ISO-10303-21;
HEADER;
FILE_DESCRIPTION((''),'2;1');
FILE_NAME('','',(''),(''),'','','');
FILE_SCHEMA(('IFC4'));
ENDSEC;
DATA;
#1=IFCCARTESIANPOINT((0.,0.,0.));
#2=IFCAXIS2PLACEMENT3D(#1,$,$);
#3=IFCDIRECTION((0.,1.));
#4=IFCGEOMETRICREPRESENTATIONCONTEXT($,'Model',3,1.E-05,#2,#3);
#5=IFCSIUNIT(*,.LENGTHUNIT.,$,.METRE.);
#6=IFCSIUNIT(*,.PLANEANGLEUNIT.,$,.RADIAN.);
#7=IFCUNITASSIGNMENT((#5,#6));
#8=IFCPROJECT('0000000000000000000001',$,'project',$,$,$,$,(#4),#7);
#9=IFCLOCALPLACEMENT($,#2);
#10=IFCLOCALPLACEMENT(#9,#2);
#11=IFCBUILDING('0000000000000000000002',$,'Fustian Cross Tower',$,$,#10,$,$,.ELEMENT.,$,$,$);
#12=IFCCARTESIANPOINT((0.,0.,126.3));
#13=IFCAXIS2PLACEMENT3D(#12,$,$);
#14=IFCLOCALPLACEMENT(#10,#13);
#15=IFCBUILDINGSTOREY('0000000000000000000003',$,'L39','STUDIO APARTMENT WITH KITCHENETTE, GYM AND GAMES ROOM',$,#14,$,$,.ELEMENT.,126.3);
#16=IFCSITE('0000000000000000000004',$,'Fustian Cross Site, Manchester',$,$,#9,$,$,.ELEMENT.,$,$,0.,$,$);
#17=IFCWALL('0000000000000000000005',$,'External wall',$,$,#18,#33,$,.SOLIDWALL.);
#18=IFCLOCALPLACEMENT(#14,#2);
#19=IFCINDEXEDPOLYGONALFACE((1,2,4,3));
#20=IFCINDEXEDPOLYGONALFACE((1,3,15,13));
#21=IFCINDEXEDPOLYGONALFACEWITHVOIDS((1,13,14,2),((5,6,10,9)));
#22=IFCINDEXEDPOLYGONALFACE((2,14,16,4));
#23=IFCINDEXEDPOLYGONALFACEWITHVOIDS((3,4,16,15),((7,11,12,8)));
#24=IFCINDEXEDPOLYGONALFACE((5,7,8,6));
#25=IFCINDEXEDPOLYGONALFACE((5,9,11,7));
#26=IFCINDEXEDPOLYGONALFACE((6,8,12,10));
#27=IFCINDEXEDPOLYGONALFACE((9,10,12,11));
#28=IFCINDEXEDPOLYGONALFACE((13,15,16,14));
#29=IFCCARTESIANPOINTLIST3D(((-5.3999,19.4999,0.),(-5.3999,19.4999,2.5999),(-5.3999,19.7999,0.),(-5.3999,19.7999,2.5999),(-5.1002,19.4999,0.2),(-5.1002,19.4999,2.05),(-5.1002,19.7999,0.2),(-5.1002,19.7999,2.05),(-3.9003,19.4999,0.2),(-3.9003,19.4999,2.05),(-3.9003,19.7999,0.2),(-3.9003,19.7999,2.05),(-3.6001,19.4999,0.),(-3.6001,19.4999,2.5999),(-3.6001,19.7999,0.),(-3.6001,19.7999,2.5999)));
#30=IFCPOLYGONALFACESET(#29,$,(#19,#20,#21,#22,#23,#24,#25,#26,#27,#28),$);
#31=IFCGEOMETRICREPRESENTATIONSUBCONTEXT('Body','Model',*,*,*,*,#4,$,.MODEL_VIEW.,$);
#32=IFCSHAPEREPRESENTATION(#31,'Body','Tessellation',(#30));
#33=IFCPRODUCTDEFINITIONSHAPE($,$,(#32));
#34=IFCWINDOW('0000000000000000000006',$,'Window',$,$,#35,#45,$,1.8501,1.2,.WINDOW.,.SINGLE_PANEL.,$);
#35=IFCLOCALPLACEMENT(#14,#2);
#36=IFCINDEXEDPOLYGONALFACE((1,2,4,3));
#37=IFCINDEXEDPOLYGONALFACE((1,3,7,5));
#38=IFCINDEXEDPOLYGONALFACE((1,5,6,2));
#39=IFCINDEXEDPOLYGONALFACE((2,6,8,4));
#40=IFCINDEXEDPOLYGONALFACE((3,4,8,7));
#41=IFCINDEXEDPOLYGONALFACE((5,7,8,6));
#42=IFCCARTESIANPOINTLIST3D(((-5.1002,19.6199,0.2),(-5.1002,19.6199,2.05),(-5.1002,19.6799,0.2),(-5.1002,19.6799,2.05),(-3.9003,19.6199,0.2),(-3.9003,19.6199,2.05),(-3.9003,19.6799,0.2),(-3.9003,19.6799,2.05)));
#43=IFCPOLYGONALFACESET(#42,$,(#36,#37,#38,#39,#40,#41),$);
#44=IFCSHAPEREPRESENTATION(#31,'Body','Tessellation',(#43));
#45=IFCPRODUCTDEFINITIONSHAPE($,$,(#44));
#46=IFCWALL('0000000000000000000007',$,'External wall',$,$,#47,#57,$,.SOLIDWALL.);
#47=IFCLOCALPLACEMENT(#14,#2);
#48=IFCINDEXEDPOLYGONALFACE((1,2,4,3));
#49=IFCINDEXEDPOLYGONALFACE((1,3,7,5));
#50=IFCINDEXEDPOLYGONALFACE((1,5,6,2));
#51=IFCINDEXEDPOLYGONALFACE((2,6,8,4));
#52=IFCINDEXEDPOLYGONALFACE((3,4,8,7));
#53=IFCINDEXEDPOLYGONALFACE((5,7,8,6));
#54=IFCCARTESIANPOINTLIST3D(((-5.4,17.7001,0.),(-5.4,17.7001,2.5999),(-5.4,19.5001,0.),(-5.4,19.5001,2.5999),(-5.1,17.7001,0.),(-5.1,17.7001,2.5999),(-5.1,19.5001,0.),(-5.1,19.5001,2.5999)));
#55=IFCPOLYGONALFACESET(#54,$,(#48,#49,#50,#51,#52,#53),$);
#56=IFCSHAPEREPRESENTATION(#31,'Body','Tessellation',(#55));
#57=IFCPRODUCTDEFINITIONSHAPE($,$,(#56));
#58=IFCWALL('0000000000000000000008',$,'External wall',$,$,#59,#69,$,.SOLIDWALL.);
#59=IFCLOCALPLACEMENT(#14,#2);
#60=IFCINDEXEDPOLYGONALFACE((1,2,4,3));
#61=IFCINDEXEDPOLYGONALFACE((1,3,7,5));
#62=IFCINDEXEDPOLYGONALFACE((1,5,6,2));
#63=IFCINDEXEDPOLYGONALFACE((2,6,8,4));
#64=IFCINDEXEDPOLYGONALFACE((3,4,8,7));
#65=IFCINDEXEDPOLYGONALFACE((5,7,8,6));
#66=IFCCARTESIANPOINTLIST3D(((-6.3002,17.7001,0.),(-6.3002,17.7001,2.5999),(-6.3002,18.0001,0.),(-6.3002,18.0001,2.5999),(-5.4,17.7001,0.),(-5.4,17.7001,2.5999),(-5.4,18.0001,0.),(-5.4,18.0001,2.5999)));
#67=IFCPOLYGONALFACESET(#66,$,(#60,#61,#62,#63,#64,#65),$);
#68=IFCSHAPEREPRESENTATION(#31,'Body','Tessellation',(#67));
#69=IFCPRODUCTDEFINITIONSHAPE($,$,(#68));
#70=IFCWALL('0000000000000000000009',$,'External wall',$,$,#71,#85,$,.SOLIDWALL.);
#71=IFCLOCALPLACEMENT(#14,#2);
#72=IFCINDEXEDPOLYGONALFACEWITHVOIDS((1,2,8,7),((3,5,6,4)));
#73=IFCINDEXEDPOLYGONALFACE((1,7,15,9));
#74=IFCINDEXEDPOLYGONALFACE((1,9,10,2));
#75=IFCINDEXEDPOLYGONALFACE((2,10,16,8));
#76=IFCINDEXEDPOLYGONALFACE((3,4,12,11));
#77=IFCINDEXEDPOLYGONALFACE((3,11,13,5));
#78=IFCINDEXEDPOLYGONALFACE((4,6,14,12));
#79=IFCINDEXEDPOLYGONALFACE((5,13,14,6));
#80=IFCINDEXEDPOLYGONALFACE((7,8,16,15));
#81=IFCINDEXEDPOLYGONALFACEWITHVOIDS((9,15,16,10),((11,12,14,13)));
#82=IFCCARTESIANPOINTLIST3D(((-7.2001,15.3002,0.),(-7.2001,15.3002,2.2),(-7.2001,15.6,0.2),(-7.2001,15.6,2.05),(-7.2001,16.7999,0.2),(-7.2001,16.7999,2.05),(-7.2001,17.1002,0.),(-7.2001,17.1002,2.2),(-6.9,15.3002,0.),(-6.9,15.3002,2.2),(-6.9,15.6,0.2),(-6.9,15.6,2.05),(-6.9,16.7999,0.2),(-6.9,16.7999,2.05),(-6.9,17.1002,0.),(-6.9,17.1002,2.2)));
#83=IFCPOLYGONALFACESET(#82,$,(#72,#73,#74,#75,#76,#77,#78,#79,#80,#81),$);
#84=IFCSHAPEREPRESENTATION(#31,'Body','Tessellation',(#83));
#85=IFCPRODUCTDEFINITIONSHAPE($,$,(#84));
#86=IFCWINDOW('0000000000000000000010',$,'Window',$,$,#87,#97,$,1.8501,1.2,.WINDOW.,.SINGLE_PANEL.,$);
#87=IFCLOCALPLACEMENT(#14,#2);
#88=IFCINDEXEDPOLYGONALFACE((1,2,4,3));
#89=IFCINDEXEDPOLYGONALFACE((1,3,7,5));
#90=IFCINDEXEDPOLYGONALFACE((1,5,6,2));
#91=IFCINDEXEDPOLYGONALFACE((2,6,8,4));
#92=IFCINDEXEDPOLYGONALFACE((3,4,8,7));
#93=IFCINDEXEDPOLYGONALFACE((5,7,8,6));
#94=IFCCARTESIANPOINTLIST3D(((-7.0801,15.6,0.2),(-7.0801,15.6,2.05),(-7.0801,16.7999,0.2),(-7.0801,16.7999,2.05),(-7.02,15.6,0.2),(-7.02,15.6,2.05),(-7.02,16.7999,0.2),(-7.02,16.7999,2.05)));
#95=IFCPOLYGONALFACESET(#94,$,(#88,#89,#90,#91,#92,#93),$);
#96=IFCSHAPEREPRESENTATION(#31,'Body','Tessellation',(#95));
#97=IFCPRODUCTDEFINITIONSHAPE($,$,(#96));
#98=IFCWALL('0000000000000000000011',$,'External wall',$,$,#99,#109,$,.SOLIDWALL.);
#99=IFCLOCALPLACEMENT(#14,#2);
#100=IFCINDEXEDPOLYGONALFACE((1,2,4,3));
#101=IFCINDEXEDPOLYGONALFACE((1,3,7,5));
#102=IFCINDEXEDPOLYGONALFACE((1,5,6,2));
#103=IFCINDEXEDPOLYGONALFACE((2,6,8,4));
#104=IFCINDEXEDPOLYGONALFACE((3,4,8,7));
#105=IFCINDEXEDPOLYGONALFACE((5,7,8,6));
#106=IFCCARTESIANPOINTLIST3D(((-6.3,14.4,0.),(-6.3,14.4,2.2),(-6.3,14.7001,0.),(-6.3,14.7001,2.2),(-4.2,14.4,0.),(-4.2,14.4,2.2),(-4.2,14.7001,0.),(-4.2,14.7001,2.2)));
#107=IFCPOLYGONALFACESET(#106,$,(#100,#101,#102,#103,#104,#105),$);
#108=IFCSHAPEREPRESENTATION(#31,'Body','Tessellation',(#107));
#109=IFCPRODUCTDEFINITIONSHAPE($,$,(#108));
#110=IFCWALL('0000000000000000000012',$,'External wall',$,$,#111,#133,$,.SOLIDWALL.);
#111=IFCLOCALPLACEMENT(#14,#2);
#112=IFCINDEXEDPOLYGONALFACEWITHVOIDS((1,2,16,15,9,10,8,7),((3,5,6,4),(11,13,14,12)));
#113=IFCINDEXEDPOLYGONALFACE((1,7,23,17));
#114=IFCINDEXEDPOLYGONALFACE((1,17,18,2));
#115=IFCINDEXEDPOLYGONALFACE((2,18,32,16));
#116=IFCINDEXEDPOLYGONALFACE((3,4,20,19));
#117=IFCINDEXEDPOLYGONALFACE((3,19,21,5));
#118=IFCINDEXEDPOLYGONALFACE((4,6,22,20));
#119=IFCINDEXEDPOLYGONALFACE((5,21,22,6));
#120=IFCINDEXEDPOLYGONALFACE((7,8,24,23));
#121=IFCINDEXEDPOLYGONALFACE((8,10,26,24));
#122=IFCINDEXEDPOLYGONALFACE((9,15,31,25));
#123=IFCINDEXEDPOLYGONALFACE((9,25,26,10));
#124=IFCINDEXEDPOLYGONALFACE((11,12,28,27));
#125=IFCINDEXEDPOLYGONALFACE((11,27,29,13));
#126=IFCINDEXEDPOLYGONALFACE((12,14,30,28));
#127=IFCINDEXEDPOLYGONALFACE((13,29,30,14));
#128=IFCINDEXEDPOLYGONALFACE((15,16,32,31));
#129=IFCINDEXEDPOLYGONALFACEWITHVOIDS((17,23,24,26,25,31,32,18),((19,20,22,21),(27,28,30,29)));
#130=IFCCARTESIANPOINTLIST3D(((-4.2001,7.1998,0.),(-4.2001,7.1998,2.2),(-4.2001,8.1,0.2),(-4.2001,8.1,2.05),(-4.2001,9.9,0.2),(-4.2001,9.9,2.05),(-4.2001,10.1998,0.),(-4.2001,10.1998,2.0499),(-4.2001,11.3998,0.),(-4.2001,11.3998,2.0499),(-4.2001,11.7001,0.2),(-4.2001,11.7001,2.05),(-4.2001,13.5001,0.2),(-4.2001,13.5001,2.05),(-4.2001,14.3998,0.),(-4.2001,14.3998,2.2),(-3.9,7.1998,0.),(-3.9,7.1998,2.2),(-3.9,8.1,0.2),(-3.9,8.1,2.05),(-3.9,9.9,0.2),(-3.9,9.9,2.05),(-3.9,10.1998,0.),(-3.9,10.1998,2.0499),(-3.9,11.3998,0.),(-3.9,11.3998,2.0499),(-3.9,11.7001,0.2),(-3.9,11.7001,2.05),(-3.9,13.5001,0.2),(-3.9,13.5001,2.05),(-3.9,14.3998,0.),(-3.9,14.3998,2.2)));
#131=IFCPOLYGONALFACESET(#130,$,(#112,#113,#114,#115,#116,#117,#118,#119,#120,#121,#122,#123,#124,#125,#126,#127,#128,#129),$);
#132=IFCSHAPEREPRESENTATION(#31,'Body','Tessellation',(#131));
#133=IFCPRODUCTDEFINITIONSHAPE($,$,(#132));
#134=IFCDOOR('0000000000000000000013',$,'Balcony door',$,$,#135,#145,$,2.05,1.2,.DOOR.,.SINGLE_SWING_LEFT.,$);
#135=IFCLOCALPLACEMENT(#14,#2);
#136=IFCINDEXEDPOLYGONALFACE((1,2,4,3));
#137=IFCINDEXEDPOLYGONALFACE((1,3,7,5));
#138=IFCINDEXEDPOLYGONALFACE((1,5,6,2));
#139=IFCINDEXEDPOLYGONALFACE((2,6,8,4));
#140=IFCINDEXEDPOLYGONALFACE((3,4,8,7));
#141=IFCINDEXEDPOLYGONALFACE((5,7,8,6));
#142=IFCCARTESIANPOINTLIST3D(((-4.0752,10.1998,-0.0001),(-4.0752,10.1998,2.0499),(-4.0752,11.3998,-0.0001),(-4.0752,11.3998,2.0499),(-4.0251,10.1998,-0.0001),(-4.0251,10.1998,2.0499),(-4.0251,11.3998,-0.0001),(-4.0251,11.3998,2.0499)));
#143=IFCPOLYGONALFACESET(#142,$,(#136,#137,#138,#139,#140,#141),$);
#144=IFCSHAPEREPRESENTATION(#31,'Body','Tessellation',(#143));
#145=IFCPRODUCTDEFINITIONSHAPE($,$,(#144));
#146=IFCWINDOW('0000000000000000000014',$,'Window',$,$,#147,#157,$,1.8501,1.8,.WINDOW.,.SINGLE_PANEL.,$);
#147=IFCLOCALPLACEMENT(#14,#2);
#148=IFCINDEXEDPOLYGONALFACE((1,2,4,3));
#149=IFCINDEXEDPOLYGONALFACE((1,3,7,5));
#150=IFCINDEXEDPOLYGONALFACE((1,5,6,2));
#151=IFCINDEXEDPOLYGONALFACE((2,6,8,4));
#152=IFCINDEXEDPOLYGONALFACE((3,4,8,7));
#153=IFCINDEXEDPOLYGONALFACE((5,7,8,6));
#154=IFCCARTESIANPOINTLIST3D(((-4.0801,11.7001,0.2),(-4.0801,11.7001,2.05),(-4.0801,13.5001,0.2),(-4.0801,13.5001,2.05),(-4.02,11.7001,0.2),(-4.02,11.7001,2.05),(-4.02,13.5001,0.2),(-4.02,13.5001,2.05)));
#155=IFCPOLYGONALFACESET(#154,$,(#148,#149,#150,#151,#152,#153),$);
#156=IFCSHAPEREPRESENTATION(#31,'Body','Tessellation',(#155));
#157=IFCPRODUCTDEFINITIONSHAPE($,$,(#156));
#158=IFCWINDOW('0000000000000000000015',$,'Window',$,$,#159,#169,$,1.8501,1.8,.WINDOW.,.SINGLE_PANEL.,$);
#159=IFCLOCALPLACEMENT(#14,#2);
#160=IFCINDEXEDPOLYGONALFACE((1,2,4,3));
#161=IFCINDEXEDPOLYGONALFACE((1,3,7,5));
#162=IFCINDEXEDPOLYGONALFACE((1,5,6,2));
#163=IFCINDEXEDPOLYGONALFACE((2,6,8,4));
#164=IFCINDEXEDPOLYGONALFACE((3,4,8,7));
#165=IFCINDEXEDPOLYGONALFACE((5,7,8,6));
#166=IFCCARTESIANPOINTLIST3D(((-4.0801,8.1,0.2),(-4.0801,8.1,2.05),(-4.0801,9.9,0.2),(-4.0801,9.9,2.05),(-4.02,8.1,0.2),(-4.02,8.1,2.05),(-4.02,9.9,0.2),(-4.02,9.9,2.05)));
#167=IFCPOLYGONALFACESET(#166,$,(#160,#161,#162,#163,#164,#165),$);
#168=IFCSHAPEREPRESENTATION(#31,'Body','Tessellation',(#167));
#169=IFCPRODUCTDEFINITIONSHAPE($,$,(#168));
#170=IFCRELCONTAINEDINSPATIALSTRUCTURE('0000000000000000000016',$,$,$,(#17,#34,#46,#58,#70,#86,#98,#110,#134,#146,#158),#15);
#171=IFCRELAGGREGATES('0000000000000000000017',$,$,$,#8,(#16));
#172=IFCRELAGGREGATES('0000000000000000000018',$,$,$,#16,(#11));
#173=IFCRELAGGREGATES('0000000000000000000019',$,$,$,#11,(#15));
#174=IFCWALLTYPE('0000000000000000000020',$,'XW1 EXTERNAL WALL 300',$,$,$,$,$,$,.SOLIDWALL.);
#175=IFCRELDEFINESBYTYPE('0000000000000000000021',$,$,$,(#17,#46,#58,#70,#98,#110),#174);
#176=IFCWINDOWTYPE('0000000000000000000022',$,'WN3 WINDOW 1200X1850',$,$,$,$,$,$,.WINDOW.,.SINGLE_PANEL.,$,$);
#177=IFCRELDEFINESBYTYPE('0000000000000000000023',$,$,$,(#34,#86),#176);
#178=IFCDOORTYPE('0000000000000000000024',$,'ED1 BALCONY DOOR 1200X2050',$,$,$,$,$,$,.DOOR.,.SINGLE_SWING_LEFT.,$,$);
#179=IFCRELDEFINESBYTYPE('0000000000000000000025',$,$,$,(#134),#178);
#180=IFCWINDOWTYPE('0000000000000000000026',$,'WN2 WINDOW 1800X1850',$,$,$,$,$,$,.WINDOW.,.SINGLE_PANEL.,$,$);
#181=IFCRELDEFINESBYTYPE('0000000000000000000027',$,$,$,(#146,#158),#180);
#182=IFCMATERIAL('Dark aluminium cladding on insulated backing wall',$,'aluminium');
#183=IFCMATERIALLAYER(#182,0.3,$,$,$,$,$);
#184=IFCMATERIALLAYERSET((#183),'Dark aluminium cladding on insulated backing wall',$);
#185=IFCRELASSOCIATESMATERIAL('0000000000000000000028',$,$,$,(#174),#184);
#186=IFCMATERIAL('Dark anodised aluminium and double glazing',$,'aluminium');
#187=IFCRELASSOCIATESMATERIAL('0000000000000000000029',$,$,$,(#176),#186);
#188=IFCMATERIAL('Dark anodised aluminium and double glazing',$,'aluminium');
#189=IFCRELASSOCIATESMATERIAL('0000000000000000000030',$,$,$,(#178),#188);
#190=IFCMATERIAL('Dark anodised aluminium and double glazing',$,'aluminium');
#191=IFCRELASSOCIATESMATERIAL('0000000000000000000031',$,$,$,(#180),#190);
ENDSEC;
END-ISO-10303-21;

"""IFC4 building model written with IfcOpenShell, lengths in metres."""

from ifc_helpers import new_model, si_unit, direction, frame, frame_2d, origin, place, context, subcontext, project, spatial, rectangle, extrude, material, layer, layer_set, type_object, element, fill, save


model = new_model("IFC4")

# Units and contexts
model_context = context("Model", 3, precision=1e-05, world=origin(), true_north=direction((0.0, 1.0)))
body_context = subcontext(model_context, "Body", "Model", "MODEL_VIEW")
ifc_project = project(units=[si_unit("LENGTHUNIT", "METRE"), si_unit("PLANEANGLEUNIT", "RADIAN")], contexts=[model_context])

# Site, building, storey
site_placement = place(None, origin())
site = spatial("IfcSite", under=ifc_project, at=site_placement, Name="Fustian Cross Site, Manchester", CompositionType="ELEMENT", RefElevation=0.0)
building_placement = place(site_placement, origin())
building = spatial("IfcBuilding", under=site, at=building_placement, Name="Fustian Cross Tower", CompositionType="ELEMENT")
storey_placement = place(building_placement, frame((0.0, 0.0, 126.3)))
storey = spatial("IfcBuildingStorey", under=building, at=storey_placement, Name="L39", Description="STUDIO APARTMENT WITH KITCHENETTE, GYM AND GAMES ROOM", CompositionType="ELEMENT", Elevation=126.3)

# Shared definitions
ifc_material_1 = material(Name="Dark aluminium cladding on insulated backing wall", Category="aluminium")
ifc_layer_1 = layer(ifc_material_1, 0.3)
ifc_layer_set_1 = layer_set([ifc_layer_1], Name="Dark aluminium cladding on insulated backing wall")
wall_type_1 = type_object("IfcWallType", Name="XW1 EXTERNAL WALL 300", PredefinedType="SOLIDWALL", material=ifc_layer_set_1)

# Wall, opening, window
wall_1_placement = place(storey_placement, frame((-3.6001, 19.6499, 0.0), z_axis=(0.0, 0.0, 1.0), x_axis=(-1.0, 0.0, 0.0)))
wall_1 = element("IfcWall", 1, at=wall_1_placement, inside=storey, type_object=wall_type_1, Name="External wall", PredefinedType="SOLIDWALL", context=body_context, shape_type="SweptSolid", body=[
    extrude(rectangle(XDim=1.7998, YDim=0.3, at=frame_2d((0.8999, 0.0))), origin(), (0.0, 0.0, 1.0), 2.5999),
])
opening_1_placement = place(wall_1_placement, frame((0.3, 0.0, 0.2)))
opening_1 = element("IfcOpeningElement", 2, at=opening_1_placement, cuts=wall_1, PredefinedType="OPENING", context=body_context, shape_type="SweptSolid", body=[
    extrude(rectangle(XDim=1.2, YDim=1.8501, at=frame_2d((0.6001, 0.925))), frame((0.0, 0.1599, 0.0), z_axis=(0.0, -1.0, 0.0), x_axis=(1.0, 0.0, 0.0)), (0.0, 0.0, 1.0), 0.3201),
])
ifc_material_2 = material(Name="Dark anodised aluminium and double glazing", Category="aluminium")
window_type_1 = type_object("IfcWindowType", Name="WN3 WINDOW 1200X1850", PartitioningType="SINGLE_PANEL", PredefinedType="WINDOW", material=ifc_material_2)
window_1_placement = place(opening_1_placement, origin())
window_1 = element("IfcWindow", 3, at=window_1_placement, inside=storey, type_object=window_type_1, Name="Window", OverallHeight=1.8501, OverallWidth=1.2, PartitioningType="SINGLE_PANEL", PredefinedType="WINDOW", context=body_context, shape_type="SweptSolid", body=[
    extrude(rectangle(XDim=1.2, YDim=1.8501, at=frame_2d((0.6001, 0.925))), frame((0.0, 0.03, 0.0), z_axis=(0.0, -1.0, 0.0), x_axis=(1.0, 0.0, 0.0)), (0.0, 0.0, 1.0), 0.0601),
])
fill(opening_1, window_1)

# Walls
wall_2_placement = place(storey_placement, frame((-5.25, 19.5, 0.0), z_axis=(0.0, 0.0, 1.0), x_axis=(0.0, -1.0, 0.0)))
element("IfcWall", 4, at=wall_2_placement, inside=storey, type_object=wall_type_1, Name="External wall", PredefinedType="SOLIDWALL", context=body_context, shape_type="SweptSolid", body=[
    extrude(rectangle(XDim=1.8, YDim=0.3, at=frame_2d((0.8999, 0.0))), origin(), (0.0, 0.0, 1.0), 2.5999),
])
wall_3_placement = place(storey_placement, frame((-5.3999, 17.8501, 0.0), z_axis=(0.0, 0.0, 1.0), x_axis=(-1.0, 0.0, 0.0)))
element("IfcWall", 5, at=wall_3_placement, inside=storey, type_object=wall_type_1, Name="External wall", PredefinedType="SOLIDWALL", context=body_context, shape_type="SweptSolid", body=[
    extrude(rectangle(XDim=0.9001, YDim=0.3, at=frame_2d((0.4502, 0.0))), origin(), (0.0, 0.0, 1.0), 2.5999),
])

# Wall, opening, window
wall_4_placement = place(storey_placement, frame((-7.05, 17.1001, 0.0), z_axis=(0.0, 0.0, 1.0), x_axis=(0.0, -1.0, 0.0)))
wall_4 = element("IfcWall", 6, at=wall_4_placement, inside=storey, type_object=wall_type_1, Name="External wall", PredefinedType="SOLIDWALL", context=body_context, shape_type="SweptSolid", body=[
    extrude(rectangle(XDim=1.8, YDim=0.3, at=frame_2d((0.8999, 0.0))), origin(), (0.0, 0.0, 1.0), 2.2),
])
opening_2_placement = place(wall_4_placement, frame((0.3, 0.0, 0.2)))
opening_2 = element("IfcOpeningElement", 7, at=opening_2_placement, cuts=wall_4, PredefinedType="OPENING", context=body_context, shape_type="SweptSolid", body=[
    extrude(rectangle(XDim=1.2, YDim=1.8501, at=frame_2d((0.6001, 0.925))), frame((0.0, 0.1599, 0.0), z_axis=(0.0, -1.0, 0.0), x_axis=(1.0, 0.0, 0.0)), (0.0, 0.0, 1.0), 0.3201),
])
window_2_placement = place(opening_2_placement, origin())
window_2 = element("IfcWindow", 8, at=window_2_placement, inside=storey, type_object=window_type_1, Name="Window", OverallHeight=1.8501, OverallWidth=1.2, PartitioningType="SINGLE_PANEL", PredefinedType="WINDOW", context=body_context, shape_type="SweptSolid", body=[
    extrude(rectangle(XDim=1.2, YDim=1.8501, at=frame_2d((0.6001, 0.925))), frame((0.0, 0.03, 0.0), z_axis=(0.0, -1.0, 0.0), x_axis=(1.0, 0.0, 0.0)), (0.0, 0.0, 1.0), 0.0601),
])
fill(opening_2, window_2)

# Wall
wall_5_placement = place(storey_placement, frame((-6.3, 14.55, 0.0), z_axis=(0.0, 0.0, 1.0), x_axis=(1.0, 0.0, 0.0)))
element("IfcWall", 9, at=wall_5_placement, inside=storey, type_object=wall_type_1, Name="External wall", PredefinedType="SOLIDWALL", context=body_context, shape_type="SweptSolid", body=[
    extrude(rectangle(XDim=2.1001, YDim=0.3, at=frame_2d((1.05, 0.0))), origin(), (0.0, 0.0, 1.0), 2.2),
])

# Wall, openings, door, windows
wall_6_placement = place(storey_placement, frame((-4.05, 14.3999, 0.0), z_axis=(0.0, 0.0, 1.0), x_axis=(0.0, -1.0, 0.0)))
wall_6 = element("IfcWall", 10, at=wall_6_placement, inside=storey, type_object=wall_type_1, Name="External wall", PredefinedType="SOLIDWALL", context=body_context, shape_type="SweptSolid", body=[
    extrude(rectangle(XDim=7.2, YDim=0.3, at=frame_2d((3.6001, 0.0))), origin(), (0.0, 0.0, 1.0), 2.2),
])
opening_3_placement = place(wall_6_placement, frame((3.0, 0.0, 0.0)))
opening_3 = element("IfcOpeningElement", 11, at=opening_3_placement, cuts=wall_6, PredefinedType="OPENING", context=body_context, shape_type="SweptSolid", body=[
    extrude(rectangle(XDim=1.2, YDim=2.05, at=frame_2d((0.6001, 1.0249))), frame((0.0, 0.1599, 0.0), z_axis=(0.0, -1.0, 0.0), x_axis=(1.0, 0.0, 0.0)), (0.0, 0.0, 1.0), 0.3201),
])
opening_4_placement = place(wall_6_placement, frame((0.8999, 0.0, 0.2)))
opening_4 = element("IfcOpeningElement", 12, at=opening_4_placement, cuts=wall_6, PredefinedType="OPENING", context=body_context, shape_type="SweptSolid", body=[
    extrude(rectangle(XDim=1.8, YDim=1.8501, at=frame_2d((0.8999, 0.925))), frame((0.0, 0.1599, 0.0), z_axis=(0.0, -1.0, 0.0), x_axis=(1.0, 0.0, 0.0)), (0.0, 0.0, 1.0), 0.3201),
])
opening_5_placement = place(wall_6_placement, frame((4.5, 0.0, 0.2)))
opening_5 = element("IfcOpeningElement", 13, at=opening_5_placement, cuts=wall_6, PredefinedType="OPENING", context=body_context, shape_type="SweptSolid", body=[
    extrude(rectangle(XDim=1.8, YDim=1.8501, at=frame_2d((0.8999, 0.925))), frame((0.0, 0.1599, 0.0), z_axis=(0.0, -1.0, 0.0), x_axis=(1.0, 0.0, 0.0)), (0.0, 0.0, 1.0), 0.3201),
])
ifc_material_3 = material(Name="Dark anodised aluminium and double glazing", Category="aluminium")
door_type_1 = type_object("IfcDoorType", Name="ED1 BALCONY DOOR 1200X2050", OperationType="SINGLE_SWING_LEFT", PredefinedType="DOOR", material=ifc_material_3)
door_1_placement = place(opening_3_placement, origin())
door_1 = element("IfcDoor", 14, at=door_1_placement, inside=storey, type_object=door_type_1, Name="Balcony door", OperationType="SINGLE_SWING_LEFT", OverallHeight=2.05, OverallWidth=1.2, PredefinedType="DOOR", context=body_context, shape_type="SweptSolid", body=[
    extrude(rectangle(XDim=1.2, YDim=2.05, at=frame_2d((0.6001, 1.0249))), frame((0.0, 0.0249, 0.0), z_axis=(0.0, -1.0, 0.0), x_axis=(1.0, 0.0, 0.0)), (0.0, 0.0, 1.0), 0.05),
])
fill(opening_3, door_1)
ifc_material_4 = material(Name="Dark anodised aluminium and double glazing", Category="aluminium")
window_type_2 = type_object("IfcWindowType", Name="WN2 WINDOW 1800X1850", PartitioningType="SINGLE_PANEL", PredefinedType="WINDOW", material=ifc_material_4)
window_3_placement = place(opening_4_placement, origin())
window_3 = element("IfcWindow", 15, at=window_3_placement, inside=storey, type_object=window_type_2, Name="Window", OverallHeight=1.8501, OverallWidth=1.8, PartitioningType="SINGLE_PANEL", PredefinedType="WINDOW", context=body_context, shape_type="SweptSolid", body=[
    extrude(rectangle(XDim=1.8, YDim=1.8501, at=frame_2d((0.8999, 0.925))), frame((0.0, 0.03, 0.0), z_axis=(0.0, -1.0, 0.0), x_axis=(1.0, 0.0, 0.0)), (0.0, 0.0, 1.0), 0.0601),
])
fill(opening_4, window_3)
window_4_placement = place(opening_5_placement, origin())
window_4 = element("IfcWindow", 16, at=window_4_placement, inside=storey, type_object=window_type_2, Name="Window", OverallHeight=1.8501, OverallWidth=1.8, PartitioningType="SINGLE_PANEL", PredefinedType="WINDOW", context=body_context, shape_type="SweptSolid", body=[
    extrude(rectangle(XDim=1.8, YDim=1.8501, at=frame_2d((0.8999, 0.925))), frame((0.0, 0.03, 0.0), z_axis=(0.0, -1.0, 0.0), x_axis=(1.0, 0.0, 0.0)), (0.0, 0.0, 1.0), 0.0601),
])
fill(opening_5, window_4)

save(model, "model.ifc")
